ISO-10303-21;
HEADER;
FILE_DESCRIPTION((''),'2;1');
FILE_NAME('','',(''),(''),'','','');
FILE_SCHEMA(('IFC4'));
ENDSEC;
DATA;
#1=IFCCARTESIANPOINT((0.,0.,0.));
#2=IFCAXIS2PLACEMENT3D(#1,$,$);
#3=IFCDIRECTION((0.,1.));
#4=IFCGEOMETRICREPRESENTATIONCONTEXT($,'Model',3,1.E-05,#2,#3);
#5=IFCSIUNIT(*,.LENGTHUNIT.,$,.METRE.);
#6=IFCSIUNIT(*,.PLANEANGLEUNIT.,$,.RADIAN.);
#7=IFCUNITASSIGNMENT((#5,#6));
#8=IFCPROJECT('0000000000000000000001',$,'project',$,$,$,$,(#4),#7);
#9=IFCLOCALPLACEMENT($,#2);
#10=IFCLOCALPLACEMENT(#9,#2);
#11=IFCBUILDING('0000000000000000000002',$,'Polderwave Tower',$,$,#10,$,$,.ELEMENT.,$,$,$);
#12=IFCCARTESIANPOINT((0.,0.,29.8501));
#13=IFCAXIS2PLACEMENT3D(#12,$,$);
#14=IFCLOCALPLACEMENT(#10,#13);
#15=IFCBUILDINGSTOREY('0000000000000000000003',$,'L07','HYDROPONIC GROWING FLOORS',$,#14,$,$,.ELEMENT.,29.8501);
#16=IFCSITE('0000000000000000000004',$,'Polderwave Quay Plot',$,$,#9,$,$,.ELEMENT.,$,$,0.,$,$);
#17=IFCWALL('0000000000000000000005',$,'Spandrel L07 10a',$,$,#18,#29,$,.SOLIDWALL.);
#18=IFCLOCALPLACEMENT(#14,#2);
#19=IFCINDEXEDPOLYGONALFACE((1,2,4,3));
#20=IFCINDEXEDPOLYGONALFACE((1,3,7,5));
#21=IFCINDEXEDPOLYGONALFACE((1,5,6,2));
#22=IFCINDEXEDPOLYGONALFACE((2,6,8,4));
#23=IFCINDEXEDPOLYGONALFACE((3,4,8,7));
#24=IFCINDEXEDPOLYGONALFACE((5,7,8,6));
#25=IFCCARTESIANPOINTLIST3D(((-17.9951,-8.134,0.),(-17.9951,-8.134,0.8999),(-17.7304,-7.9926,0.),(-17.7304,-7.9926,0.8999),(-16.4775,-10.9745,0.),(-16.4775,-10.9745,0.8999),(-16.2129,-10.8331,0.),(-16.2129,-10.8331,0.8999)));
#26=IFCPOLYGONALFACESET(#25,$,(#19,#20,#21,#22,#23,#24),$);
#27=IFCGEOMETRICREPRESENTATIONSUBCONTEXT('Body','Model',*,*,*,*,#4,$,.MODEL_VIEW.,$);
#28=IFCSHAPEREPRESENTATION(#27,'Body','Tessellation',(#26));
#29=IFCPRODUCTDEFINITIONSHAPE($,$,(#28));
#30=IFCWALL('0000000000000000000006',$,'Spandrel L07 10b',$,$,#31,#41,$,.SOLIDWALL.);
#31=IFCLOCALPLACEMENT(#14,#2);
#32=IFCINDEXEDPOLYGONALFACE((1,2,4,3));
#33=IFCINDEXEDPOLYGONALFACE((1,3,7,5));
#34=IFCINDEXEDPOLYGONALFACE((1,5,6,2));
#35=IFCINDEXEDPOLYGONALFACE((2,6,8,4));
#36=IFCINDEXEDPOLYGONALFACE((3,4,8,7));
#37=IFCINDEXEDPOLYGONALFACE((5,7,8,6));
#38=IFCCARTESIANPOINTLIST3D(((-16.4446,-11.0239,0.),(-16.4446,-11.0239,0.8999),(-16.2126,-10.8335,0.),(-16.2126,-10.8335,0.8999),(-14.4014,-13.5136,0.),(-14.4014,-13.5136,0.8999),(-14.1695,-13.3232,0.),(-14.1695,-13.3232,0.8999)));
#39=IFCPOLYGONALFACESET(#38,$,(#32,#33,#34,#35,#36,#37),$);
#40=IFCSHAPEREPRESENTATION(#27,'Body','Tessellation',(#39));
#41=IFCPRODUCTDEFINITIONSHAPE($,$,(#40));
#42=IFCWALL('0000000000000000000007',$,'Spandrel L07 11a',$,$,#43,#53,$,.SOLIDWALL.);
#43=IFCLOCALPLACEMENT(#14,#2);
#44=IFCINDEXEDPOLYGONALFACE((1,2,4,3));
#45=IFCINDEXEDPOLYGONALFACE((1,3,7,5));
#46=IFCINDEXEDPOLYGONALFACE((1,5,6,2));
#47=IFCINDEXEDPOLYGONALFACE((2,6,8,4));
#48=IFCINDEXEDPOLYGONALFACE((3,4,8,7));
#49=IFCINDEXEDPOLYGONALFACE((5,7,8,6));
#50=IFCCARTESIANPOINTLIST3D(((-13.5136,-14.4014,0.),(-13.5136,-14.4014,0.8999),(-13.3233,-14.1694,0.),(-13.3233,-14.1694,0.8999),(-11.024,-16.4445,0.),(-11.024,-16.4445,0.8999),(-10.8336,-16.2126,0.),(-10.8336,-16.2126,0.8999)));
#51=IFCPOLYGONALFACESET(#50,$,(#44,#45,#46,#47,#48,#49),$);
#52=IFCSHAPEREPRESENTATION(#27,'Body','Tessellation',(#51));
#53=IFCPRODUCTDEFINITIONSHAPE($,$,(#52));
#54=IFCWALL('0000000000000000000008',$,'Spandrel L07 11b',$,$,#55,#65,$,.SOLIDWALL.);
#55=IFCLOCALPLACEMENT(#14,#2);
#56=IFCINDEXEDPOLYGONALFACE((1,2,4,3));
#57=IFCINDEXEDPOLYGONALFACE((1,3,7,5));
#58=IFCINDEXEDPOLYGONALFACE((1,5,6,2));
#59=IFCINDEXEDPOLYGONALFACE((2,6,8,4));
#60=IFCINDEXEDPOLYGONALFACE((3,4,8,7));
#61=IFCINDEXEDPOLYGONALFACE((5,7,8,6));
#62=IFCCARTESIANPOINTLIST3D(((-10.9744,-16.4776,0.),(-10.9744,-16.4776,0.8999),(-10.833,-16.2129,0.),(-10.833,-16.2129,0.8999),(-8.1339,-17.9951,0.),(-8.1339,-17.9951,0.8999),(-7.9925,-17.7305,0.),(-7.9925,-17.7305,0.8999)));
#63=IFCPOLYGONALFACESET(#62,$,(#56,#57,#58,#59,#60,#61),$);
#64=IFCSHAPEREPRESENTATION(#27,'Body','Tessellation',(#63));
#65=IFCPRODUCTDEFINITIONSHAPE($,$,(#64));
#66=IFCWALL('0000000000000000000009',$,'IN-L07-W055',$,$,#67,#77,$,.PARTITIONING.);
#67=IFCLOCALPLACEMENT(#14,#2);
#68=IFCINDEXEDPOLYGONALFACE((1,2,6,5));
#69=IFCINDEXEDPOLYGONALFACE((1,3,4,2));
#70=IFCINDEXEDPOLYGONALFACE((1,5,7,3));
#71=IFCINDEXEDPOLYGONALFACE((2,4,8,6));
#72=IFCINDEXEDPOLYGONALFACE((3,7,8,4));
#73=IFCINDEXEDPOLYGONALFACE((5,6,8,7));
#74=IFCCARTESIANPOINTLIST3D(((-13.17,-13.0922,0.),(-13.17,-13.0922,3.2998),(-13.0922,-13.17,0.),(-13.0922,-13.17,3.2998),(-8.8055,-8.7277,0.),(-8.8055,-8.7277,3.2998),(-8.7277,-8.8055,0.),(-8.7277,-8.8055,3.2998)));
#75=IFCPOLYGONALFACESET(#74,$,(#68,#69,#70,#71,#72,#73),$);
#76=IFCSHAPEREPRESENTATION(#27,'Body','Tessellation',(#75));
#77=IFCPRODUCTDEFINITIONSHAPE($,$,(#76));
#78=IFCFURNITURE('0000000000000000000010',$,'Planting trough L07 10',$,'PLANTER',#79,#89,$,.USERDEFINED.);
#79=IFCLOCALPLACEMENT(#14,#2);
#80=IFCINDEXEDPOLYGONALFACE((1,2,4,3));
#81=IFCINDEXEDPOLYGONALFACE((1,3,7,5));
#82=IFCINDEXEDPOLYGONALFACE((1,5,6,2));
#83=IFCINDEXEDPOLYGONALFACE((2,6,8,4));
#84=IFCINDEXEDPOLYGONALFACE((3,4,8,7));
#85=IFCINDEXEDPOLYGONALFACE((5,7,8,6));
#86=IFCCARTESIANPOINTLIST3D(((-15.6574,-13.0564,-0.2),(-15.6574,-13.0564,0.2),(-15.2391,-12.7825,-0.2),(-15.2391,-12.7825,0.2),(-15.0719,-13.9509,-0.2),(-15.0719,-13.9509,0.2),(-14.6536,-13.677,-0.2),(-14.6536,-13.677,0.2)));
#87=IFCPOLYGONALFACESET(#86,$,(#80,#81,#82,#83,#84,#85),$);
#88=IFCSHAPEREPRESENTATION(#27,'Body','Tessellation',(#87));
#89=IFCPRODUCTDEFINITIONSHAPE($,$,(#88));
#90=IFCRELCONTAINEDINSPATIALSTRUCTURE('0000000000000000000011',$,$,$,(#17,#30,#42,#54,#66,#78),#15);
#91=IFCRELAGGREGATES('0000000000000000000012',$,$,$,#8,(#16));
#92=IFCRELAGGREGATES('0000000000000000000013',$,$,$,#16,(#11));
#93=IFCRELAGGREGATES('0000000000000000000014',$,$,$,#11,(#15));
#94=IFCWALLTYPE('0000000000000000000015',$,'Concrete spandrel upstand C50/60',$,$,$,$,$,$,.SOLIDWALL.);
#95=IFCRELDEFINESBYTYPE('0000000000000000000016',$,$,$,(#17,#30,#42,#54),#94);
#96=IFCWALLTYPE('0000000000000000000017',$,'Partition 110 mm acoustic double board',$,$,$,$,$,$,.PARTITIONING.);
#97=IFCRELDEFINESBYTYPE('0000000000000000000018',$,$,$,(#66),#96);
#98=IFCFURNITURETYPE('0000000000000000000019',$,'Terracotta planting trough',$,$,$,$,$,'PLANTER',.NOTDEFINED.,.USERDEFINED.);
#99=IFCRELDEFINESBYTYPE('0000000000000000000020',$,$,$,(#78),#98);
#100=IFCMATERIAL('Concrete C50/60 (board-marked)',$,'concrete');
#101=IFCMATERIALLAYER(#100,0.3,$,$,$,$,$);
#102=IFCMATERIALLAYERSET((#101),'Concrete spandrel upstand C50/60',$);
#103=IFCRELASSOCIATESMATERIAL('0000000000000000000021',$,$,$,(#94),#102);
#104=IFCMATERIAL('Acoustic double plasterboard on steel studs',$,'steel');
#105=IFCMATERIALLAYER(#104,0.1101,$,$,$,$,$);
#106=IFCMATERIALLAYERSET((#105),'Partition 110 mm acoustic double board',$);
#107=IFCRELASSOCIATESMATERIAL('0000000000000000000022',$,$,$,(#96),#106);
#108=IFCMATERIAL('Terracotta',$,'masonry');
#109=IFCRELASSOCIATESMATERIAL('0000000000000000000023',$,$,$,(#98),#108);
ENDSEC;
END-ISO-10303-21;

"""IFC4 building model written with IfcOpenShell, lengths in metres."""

from ifc_helpers import new_model, si_unit, direction, frame, frame_2d, origin, origin_2d, place, context, subcontext, project, spatial, rectangle, extrude, material, layer, layer_set, type_object, element, save


model = new_model("IFC4")

# Units and contexts
model_context = context("Model", 3, precision=1e-05, world=origin(), true_north=direction((0.0, 1.0)))
body_context = subcontext(model_context, "Body", "Model", "MODEL_VIEW")
ifc_project = project(units=[si_unit("LENGTHUNIT", "METRE"), si_unit("PLANEANGLEUNIT", "RADIAN")], contexts=[model_context])

# Site, building, storey
site_placement = place(None, origin())
site = spatial("IfcSite", under=ifc_project, at=site_placement, Name="Polderwave Quay Plot", CompositionType="ELEMENT", RefElevation=0.0)
building_placement = place(site_placement, origin())
building = spatial("IfcBuilding", under=site, at=building_placement, Name="Polderwave Tower", CompositionType="ELEMENT")
storey_placement = place(building_placement, frame((0.0, 0.0, 29.8501)))
storey = spatial("IfcBuildingStorey", under=building, at=storey_placement, Name="L07", Description="HYDROPONIC GROWING FLOORS", CompositionType="ELEMENT", Elevation=29.8501)

# Walls
ifc_material_1 = material(Name="Concrete C50/60 (board-marked)", Category="concrete")
ifc_layer_1 = layer(ifc_material_1, 0.3)
ifc_layer_set_1 = layer_set([ifc_layer_1], Name="Concrete spandrel upstand C50/60")
wall_type_1 = type_object("IfcWallType", Name="Concrete spandrel upstand C50/60", PredefinedType="SOLIDWALL", material=ifc_layer_set_1)
wall_1_placement = place(storey_placement, frame((-17.8628, -8.0632, 0.0), z_axis=(0.0, 0.0, 1.0), x_axis=(0.471218, -0.882017, 0.0)))
element("IfcWall", 1, at=wall_1_placement, inside=storey, type_object=wall_type_1, Name="Spandrel L07 10a", PredefinedType="SOLIDWALL", context=body_context, shape_type="SweptSolid", body=[
    extrude(rectangle(XDim=3.2205, YDim=0.3, at=frame_2d((1.6104, 0.0))), origin(), (0.0, 0.0, 1.0), 0.8999),
])
for number, where, z_axis, x_axis, name in (
    (2, (-16.3286, -10.9287, 0.0), (0.0, 0.0, 1.0), (0.63438, -0.773021, 0.0), "Spandrel L07 10b"),
    (3, (-13.4185, -14.2854, 0.0), (0.0, 0.0, 1.0), (0.773021, -0.63438, 0.0), "Spandrel L07 11a"),
):
    element("IfcWall", number, at=place(storey_placement, frame(where, z_axis=z_axis, x_axis=x_axis)), inside=storey, type_object=wall_type_1, Name=name, PredefinedType="SOLIDWALL", context=body_context, shape_type="SweptSolid", body=[
        extrude(rectangle(XDim=3.2207, YDim=0.3, at=frame_2d((1.6104, 0.0))), origin(), (0.0, 0.0, 1.0), 0.8999),
    ])
wall_2_placement = place(storey_placement, frame((-10.9038, -16.3452, 0.0), z_axis=(0.0, 0.0, 1.0), x_axis=(0.882017, -0.471218, 0.0)))
element("IfcWall", 4, at=wall_2_placement, inside=storey, type_object=wall_type_1, Name="Spandrel L07 11b", PredefinedType="SOLIDWALL", context=body_context, shape_type="SweptSolid", body=[
    extrude(rectangle(XDim=3.2205, YDim=0.3, at=frame_2d((1.6104, 0.0))), origin(), (0.0, 0.0, 1.0), 0.8999),
])
ifc_material_2 = material(Name="Acoustic double plasterboard on steel studs", Category="steel")
ifc_layer_2 = layer(ifc_material_2, 0.1101)
ifc_layer_set_2 = layer_set([ifc_layer_2], Name="Partition 110 mm acoustic double board")
wall_type_2 = type_object("IfcWallType", Name="Partition 110 mm acoustic double board", PredefinedType="PARTITIONING", material=ifc_layer_set_2)
wall_3_placement = place(storey_placement, frame((-13.1311, -13.1311, 0.0), z_axis=(0.0, 0.0, 1.0), x_axis=(0.707107, 0.707107, 0.0)))
element("IfcWall", 5, at=wall_3_placement, inside=storey, type_object=wall_type_2, Name="IN-L07-W055", PredefinedType="PARTITIONING", context=body_context, shape_type="SweptSolid", body=[
    extrude(rectangle(XDim=6.1724, YDim=0.1101, at=frame_2d((3.0862, 0.0))), origin(), (0.0, 0.0, 1.0), 3.2998),
])

# Furniture
ifc_material_3 = material(Name="Terracotta", Category="masonry")
furniture_type = type_object("IfcFurnitureType", Name="Terracotta planting trough", ElementType="PLANTER", AssemblyPlace="NOTDEFINED", PredefinedType="USERDEFINED", material=ifc_material_3)
furniture_placement = place(storey_placement, frame((-15.1555, -13.3667, -0.2), z_axis=(0.0, 0.0, 1.0), x_axis=(0.547667, -0.836696, 0.0)))
element("IfcFurniture", 6, at=furniture_placement, inside=storey, type_object=furniture_type, Name="Planting trough L07 10", ObjectType="PLANTER", PredefinedType="USERDEFINED", context=body_context, shape_type="SweptSolid", body=[
    extrude(rectangle(XDim=1.0691, YDim=0.5, at=origin_2d()), origin(), (0.0, 0.0, 1.0), 0.3999),
])

save(model, "model.ifc")
